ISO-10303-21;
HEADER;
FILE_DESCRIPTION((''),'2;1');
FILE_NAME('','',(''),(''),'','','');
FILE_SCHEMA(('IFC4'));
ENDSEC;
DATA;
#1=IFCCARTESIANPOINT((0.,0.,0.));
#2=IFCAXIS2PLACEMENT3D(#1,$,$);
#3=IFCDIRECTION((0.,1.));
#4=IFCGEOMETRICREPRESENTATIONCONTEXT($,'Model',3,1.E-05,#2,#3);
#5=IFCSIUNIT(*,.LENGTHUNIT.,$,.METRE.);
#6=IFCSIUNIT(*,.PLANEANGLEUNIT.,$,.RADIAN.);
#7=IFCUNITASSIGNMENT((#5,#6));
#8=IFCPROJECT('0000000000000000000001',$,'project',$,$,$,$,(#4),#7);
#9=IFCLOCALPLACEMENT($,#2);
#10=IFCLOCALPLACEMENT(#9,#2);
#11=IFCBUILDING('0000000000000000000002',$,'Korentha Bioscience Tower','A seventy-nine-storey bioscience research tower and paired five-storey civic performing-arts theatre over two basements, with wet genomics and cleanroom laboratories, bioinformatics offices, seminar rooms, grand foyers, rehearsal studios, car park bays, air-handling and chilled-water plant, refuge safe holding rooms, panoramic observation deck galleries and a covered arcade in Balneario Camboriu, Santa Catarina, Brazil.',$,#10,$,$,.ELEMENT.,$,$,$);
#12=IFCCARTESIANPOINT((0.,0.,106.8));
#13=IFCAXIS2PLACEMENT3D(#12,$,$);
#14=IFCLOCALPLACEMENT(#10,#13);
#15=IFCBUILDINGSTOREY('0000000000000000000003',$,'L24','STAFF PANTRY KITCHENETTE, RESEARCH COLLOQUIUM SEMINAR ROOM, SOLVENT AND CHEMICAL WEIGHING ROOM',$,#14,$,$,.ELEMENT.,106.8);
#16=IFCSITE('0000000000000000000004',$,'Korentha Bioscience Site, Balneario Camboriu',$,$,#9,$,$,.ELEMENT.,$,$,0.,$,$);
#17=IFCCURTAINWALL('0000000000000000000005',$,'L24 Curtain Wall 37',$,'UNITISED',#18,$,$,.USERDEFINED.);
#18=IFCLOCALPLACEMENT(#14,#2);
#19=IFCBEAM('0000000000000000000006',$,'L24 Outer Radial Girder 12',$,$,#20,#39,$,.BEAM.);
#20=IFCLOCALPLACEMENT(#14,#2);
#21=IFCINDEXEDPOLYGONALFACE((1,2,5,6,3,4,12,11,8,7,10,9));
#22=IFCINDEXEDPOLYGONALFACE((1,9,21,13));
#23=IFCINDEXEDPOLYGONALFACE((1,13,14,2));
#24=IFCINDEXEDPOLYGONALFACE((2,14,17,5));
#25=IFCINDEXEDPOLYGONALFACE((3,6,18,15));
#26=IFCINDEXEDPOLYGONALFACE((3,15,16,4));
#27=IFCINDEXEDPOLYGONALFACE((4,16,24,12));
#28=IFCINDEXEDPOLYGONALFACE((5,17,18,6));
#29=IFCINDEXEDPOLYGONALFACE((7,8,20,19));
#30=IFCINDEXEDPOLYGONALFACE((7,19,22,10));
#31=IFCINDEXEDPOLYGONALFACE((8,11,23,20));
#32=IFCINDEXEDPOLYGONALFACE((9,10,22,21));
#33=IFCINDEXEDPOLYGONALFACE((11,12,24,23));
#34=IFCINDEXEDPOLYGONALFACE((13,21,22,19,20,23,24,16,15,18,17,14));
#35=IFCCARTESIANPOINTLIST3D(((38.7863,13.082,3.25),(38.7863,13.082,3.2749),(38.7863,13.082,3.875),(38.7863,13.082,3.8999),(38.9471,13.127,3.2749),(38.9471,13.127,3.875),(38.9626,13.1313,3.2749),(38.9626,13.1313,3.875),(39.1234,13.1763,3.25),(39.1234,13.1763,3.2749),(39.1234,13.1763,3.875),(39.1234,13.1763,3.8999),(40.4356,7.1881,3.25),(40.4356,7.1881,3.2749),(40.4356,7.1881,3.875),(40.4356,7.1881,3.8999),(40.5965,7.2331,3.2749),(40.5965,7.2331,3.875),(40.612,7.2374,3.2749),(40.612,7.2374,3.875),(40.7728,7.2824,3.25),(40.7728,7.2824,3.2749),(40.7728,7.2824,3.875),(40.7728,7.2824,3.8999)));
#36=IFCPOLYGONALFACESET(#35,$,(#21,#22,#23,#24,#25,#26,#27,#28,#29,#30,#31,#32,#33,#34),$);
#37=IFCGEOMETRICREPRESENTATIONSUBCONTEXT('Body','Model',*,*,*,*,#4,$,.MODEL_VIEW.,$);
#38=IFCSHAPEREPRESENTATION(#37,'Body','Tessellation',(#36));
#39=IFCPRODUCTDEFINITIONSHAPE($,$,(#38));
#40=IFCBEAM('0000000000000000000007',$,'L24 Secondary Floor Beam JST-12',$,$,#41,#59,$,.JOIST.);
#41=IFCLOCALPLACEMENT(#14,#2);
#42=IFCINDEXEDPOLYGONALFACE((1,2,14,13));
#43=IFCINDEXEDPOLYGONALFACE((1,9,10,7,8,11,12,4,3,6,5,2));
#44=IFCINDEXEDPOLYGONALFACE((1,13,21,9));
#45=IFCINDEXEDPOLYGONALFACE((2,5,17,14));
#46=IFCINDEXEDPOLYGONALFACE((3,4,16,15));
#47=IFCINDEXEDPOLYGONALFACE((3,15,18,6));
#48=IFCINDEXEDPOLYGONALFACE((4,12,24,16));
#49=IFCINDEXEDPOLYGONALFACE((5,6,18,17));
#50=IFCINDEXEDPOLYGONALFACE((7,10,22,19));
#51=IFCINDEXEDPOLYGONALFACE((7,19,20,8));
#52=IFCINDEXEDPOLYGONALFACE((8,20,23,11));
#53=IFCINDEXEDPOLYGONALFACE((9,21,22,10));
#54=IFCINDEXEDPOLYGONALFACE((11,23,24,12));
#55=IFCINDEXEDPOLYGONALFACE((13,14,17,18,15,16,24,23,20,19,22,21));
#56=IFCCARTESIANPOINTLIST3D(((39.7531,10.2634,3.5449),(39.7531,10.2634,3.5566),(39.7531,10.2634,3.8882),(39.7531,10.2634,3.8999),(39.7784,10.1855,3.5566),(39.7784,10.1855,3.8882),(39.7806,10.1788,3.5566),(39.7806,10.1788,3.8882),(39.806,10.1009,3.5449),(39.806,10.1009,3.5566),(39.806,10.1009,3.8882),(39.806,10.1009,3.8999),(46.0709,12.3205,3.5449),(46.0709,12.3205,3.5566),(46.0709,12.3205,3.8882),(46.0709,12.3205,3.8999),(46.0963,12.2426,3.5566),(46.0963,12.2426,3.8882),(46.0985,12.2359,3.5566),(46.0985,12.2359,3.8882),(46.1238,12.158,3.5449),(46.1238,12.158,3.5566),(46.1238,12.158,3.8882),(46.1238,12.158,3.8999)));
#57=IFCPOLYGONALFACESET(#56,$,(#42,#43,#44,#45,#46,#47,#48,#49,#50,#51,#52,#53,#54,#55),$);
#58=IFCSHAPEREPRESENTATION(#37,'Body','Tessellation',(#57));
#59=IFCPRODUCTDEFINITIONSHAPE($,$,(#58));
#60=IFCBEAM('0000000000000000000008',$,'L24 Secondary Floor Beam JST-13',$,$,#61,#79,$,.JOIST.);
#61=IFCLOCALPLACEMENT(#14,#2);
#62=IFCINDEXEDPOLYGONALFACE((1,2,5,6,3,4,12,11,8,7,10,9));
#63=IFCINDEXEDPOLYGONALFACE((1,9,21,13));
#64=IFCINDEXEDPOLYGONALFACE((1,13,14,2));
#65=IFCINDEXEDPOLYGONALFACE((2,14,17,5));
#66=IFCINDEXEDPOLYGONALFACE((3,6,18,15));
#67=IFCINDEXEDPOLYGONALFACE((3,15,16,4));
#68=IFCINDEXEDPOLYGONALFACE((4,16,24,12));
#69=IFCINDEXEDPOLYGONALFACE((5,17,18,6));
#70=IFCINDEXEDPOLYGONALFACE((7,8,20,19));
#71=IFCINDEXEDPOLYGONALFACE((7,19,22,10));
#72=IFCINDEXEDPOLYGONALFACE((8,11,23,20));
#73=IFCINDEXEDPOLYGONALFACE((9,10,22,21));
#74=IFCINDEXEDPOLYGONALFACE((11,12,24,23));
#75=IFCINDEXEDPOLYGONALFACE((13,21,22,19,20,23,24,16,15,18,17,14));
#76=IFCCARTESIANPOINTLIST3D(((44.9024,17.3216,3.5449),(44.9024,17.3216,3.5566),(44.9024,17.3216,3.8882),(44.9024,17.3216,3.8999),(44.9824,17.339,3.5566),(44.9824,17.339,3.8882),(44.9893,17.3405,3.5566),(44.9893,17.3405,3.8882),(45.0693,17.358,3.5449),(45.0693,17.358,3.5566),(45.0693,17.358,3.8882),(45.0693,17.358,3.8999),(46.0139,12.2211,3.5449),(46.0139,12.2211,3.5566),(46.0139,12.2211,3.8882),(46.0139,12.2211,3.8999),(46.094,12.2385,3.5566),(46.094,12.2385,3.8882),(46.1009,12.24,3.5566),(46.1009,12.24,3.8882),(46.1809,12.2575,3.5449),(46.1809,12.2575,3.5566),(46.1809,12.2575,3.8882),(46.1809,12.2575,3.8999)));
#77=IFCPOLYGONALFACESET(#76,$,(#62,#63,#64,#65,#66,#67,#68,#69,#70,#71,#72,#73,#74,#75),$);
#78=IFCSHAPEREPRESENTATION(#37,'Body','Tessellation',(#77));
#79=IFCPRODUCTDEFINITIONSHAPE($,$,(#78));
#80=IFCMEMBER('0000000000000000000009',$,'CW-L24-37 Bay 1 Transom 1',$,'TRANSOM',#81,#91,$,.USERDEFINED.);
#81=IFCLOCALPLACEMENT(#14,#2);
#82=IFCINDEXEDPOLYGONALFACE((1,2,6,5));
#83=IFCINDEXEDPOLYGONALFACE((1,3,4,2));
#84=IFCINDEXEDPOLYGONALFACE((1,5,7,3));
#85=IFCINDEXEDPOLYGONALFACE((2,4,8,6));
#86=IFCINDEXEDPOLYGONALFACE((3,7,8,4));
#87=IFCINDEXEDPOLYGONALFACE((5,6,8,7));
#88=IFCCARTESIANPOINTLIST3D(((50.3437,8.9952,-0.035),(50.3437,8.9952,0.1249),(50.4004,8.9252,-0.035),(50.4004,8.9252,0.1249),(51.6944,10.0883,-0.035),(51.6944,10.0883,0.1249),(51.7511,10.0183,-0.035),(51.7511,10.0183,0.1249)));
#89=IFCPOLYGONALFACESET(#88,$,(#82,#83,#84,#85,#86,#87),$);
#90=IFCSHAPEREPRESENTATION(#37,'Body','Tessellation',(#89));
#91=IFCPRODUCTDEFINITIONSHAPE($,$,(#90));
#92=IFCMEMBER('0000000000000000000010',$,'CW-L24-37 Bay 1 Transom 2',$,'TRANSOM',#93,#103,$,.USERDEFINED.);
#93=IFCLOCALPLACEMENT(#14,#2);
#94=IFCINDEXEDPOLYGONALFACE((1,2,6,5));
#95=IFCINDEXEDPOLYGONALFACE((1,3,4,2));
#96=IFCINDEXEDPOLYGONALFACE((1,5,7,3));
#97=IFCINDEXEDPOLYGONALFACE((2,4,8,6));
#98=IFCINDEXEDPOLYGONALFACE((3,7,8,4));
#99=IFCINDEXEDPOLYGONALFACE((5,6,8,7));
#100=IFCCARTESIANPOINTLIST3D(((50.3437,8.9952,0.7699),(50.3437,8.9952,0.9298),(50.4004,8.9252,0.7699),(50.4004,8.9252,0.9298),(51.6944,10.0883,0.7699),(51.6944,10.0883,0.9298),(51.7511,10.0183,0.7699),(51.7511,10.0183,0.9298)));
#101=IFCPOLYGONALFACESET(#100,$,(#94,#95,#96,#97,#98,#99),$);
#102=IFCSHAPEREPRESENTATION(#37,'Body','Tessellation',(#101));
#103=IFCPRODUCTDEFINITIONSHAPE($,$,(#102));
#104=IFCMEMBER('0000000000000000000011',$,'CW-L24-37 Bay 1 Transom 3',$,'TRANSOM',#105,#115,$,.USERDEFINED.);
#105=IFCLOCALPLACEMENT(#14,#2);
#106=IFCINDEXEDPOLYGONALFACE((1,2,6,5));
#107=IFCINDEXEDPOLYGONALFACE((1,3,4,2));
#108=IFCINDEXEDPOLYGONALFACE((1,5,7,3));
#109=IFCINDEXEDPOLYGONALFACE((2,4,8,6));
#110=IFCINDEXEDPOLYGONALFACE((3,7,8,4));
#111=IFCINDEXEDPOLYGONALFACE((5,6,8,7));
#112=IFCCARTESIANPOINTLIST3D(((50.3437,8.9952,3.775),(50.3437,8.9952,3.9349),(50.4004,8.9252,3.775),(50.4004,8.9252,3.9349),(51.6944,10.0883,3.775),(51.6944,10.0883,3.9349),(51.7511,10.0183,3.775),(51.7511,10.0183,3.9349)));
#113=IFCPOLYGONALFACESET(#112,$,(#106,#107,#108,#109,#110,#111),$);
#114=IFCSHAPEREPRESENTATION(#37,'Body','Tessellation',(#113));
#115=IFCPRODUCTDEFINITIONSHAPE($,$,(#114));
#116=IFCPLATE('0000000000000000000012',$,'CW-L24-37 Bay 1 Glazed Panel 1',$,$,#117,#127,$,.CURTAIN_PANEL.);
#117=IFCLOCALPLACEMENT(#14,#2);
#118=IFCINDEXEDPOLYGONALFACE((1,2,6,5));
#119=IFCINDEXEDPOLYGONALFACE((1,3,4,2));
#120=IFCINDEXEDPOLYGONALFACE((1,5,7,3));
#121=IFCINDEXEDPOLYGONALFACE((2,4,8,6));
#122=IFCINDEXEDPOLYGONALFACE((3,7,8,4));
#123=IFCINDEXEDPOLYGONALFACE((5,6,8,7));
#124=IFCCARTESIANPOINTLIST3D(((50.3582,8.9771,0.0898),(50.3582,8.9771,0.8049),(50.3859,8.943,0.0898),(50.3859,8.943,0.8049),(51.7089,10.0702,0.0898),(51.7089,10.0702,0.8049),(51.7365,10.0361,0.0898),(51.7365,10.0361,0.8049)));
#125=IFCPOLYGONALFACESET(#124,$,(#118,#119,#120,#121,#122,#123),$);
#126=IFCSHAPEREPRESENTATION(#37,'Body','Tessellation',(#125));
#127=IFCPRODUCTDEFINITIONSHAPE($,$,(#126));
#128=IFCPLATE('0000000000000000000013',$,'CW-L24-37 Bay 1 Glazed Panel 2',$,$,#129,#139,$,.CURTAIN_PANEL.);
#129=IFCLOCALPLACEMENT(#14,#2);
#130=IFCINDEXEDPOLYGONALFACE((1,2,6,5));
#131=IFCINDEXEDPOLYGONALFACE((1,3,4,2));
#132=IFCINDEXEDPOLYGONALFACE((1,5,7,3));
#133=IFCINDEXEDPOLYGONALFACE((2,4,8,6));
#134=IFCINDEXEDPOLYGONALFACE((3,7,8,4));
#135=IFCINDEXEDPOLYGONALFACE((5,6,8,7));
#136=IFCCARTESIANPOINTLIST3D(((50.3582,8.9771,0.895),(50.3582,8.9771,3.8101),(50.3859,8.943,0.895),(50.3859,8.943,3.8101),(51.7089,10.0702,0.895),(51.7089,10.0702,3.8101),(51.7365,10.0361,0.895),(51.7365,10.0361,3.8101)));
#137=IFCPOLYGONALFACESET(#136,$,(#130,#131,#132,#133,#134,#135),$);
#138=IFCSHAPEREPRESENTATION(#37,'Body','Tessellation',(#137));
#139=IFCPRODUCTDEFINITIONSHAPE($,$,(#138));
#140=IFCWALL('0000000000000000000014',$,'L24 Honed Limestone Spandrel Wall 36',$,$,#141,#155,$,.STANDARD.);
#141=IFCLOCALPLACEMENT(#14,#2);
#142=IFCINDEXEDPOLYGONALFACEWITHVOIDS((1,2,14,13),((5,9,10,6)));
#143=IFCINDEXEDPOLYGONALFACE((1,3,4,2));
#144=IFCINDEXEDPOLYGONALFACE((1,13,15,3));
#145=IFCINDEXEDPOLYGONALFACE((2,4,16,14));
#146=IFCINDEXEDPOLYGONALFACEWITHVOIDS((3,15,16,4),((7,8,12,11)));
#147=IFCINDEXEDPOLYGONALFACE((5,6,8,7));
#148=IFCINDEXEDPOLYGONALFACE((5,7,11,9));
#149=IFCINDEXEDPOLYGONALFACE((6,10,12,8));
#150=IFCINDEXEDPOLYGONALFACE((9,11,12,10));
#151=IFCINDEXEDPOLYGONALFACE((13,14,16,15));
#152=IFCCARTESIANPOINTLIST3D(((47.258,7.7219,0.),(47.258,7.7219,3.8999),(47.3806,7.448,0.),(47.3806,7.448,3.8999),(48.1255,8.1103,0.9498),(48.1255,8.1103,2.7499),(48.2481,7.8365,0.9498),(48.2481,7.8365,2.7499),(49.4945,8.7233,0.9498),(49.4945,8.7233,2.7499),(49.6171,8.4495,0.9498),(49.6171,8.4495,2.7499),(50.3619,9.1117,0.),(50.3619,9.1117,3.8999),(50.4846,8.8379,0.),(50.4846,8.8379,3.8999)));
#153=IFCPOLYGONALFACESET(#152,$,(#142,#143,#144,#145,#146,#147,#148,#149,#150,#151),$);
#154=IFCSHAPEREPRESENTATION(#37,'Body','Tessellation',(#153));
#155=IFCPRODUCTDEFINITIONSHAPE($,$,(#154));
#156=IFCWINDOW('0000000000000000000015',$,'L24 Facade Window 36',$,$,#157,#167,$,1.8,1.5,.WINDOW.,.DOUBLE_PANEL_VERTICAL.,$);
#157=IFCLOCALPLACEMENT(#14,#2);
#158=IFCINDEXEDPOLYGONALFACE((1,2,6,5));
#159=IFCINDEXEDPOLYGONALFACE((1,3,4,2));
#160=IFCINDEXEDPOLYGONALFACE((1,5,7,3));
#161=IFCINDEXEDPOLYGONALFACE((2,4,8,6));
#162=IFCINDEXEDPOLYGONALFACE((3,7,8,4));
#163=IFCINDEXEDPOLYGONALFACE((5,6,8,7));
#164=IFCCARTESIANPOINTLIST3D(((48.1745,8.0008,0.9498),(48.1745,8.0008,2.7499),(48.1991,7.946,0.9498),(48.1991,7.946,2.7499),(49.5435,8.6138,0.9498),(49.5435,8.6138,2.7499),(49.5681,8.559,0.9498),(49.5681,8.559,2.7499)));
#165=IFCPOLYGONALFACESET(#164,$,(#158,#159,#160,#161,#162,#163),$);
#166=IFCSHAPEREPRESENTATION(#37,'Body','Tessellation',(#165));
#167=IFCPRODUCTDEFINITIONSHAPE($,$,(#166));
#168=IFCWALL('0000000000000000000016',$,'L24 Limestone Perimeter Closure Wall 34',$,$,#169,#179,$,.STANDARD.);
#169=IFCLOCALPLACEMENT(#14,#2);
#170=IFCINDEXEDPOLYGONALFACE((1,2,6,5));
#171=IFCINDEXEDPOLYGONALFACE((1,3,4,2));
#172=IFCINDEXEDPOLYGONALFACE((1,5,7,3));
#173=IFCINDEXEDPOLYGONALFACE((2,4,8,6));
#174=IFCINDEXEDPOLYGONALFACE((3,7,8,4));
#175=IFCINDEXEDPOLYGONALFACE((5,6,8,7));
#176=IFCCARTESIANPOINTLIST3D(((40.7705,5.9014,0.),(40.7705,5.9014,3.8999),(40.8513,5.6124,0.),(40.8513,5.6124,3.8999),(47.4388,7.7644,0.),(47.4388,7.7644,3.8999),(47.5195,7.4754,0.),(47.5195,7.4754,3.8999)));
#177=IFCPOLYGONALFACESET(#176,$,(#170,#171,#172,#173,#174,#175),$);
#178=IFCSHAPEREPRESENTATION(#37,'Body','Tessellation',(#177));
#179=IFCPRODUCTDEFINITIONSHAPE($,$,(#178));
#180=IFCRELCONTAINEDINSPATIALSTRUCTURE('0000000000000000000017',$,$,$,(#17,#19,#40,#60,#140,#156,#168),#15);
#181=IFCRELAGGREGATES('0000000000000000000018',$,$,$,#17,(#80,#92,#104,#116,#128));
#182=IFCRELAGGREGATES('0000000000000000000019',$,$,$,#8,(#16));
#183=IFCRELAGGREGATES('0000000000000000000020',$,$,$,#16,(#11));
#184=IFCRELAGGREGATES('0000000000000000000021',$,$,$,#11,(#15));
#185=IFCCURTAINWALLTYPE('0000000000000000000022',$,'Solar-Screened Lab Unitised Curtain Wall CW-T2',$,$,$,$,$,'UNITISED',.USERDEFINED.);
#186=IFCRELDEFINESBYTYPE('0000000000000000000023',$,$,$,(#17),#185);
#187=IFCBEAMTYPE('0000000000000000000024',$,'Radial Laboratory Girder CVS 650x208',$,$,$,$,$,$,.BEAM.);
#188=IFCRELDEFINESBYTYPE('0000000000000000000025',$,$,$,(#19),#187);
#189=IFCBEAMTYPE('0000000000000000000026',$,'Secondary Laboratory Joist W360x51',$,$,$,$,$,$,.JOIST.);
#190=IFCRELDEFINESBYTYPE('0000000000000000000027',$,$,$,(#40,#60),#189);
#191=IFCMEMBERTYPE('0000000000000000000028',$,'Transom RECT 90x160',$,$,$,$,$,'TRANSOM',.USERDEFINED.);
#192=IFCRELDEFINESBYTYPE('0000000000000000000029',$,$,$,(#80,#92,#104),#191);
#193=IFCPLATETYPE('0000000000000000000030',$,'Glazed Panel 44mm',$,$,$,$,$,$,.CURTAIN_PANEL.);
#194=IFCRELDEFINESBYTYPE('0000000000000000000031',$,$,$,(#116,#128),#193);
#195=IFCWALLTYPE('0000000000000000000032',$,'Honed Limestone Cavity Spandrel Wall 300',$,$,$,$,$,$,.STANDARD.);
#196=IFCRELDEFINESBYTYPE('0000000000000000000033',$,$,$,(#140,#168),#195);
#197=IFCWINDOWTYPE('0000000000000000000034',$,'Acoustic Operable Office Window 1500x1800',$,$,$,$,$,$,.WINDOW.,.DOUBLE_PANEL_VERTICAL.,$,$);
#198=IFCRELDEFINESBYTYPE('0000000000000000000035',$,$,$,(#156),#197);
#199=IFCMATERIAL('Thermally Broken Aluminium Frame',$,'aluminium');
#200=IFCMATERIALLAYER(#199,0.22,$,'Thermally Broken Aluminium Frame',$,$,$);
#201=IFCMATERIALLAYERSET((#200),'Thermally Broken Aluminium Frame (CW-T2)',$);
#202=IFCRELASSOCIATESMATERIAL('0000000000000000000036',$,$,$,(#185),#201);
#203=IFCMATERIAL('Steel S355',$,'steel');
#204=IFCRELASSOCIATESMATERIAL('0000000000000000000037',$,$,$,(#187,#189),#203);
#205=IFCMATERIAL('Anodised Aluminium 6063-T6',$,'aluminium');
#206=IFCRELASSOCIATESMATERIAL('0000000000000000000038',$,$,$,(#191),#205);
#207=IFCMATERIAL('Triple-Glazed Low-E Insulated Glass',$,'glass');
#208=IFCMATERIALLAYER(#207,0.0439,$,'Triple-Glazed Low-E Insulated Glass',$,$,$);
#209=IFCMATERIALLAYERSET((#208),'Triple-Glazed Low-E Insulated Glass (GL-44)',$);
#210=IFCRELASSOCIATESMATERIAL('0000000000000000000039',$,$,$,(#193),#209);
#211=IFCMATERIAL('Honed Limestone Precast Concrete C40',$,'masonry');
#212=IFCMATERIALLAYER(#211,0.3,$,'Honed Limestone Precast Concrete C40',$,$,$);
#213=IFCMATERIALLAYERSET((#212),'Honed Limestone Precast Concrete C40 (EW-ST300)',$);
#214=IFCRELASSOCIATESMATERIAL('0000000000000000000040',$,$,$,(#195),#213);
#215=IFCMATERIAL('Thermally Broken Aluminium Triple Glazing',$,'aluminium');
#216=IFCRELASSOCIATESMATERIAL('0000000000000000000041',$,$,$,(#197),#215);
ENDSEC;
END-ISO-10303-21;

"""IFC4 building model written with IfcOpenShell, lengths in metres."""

from ifc_helpers import new_model, si_unit, direction, frame, frame_2d, origin, origin_2d, place, context, subcontext, project, spatial, rectangle, i_section, extrude, material, layer, layer_set, material_profile, profile_set, type_object, element, fill, aggregate, save


model = new_model("IFC4")

# Units and contexts
model_context = context("Model", 3, precision=1e-05, world=origin(), true_north=direction((0.0, 1.0)))
body_context = subcontext(model_context, "Body", "Model", "MODEL_VIEW")
ifc_project = project(units=[si_unit("LENGTHUNIT", "METRE"), si_unit("PLANEANGLEUNIT", "RADIAN")], contexts=[model_context])

# Site, building, storey
site_placement = place(None, origin())
site = spatial("IfcSite", under=ifc_project, at=site_placement, Name="Korentha Bioscience Site, Balneario Camboriu", CompositionType="ELEMENT", RefElevation=0.0)
building_placement = place(site_placement, origin())
building = spatial("IfcBuilding", under=site, at=building_placement, Name="Korentha Bioscience Tower", Description="A seventy-nine-storey bioscience research tower and paired five-storey civic performing-arts theatre over two basements, with wet genomics and cleanroom laboratories, bioinformatics offices, seminar rooms, grand foyers, rehearsal studios, car park bays, air-handling and chilled-water plant, refuge safe holding rooms, panoramic observation deck galleries and a covered arcade in Balneario Camboriu, Santa Catarina, Brazil.", CompositionType="ELEMENT")
storey_placement = place(building_placement, frame((0.0, 0.0, 106.8)))
storey = spatial("IfcBuildingStorey", under=building, at=storey_placement, Name="L24", Description="STAFF PANTRY KITCHENETTE, RESEARCH COLLOQUIUM SEMINAR ROOM, SOLVENT AND CHEMICAL WEIGHING ROOM", CompositionType="ELEMENT", Elevation=106.8)

# Shared definitions
ifc_material_1 = material(Name="Steel S355", Category="steel")

# Curtain wall
ifc_material_2 = material(Name="Thermally Broken Aluminium Frame", Category="aluminium")
ifc_layer_1 = layer(ifc_material_2, 0.22, Name="Thermally Broken Aluminium Frame")
ifc_layer_set_1 = layer_set([ifc_layer_1], Name="Thermally Broken Aluminium Frame (CW-T2)")
curtain_wall_type = type_object("IfcCurtainWallType", Name="Solar-Screened Lab Unitised Curtain Wall CW-T2", ElementType="UNITISED", PredefinedType="USERDEFINED", material=ifc_layer_set_1)
curtain_wall_placement = place(storey_placement, origin())
curtain_wall = element("IfcCurtainWall", 1, at=curtain_wall_placement, inside=storey, type_object=curtain_wall_type, Name="L24 Curtain Wall 37", ObjectType="UNITISED", PredefinedType="USERDEFINED")
ifc_material_3 = material(Name="Anodised Aluminium 6063-T6", Category="aluminium")

# Beams
ifc_material_profile_1 = material_profile(ifc_material_1, i_section(OverallWidth=0.3501, OverallDepth=0.6499, WebThickness=0.0161, FlangeThickness=0.0249, at=origin_2d()), Name="Steel S355")
ifc_profile_set_1 = profile_set([ifc_material_profile_1], Name="Steel S355 (RB-650)")
beam_type_1 = type_object("IfcBeamType", Name="Radial Laboratory Girder CVS 650x208", PredefinedType="BEAM", material=ifc_profile_set_1)
beam_1_placement = place(storey_placement, frame((38.9548, 13.1292, 3.575), z_axis=(0.269491, -0.963003, 0.0), x_axis=(0.963003, 0.269491, 0.0)))
element("IfcBeam", 2, at=beam_1_placement, inside=storey, type_object=beam_type_1, Name="L24 Outer Radial Girder 12", PredefinedType="BEAM", context=body_context, shape_type="SweptSolid", body=[
    extrude(i_section(OverallWidth=0.3501, OverallDepth=0.6499, WebThickness=0.0161, FlangeThickness=0.0249, at=origin_2d()), origin(), (0.0, 0.0, 1.0), 6.1204),
])
ifc_material_profile_2 = material_profile(ifc_material_1, i_section(OverallWidth=0.1709, OverallDepth=0.355, WebThickness=0.0071, FlangeThickness=0.0117, at=origin_2d()), Name="Steel S355")
ifc_profile_set_2 = profile_set([ifc_material_profile_2], Name="Steel S355 (JB-360)")
beam_type_2 = type_object("IfcBeamType", Name="Secondary Laboratory Joist W360x51", PredefinedType="JOIST", material=ifc_profile_set_2)
beam_2_placement = place(storey_placement, frame((39.7795, 10.1821, 3.7224), z_axis=(0.950865, 0.309606, 0.0), x_axis=(-0.309606, 0.950865, 0.0)))
element("IfcBeam", 3, at=beam_2_placement, inside=storey, type_object=beam_type_2, Name="L24 Secondary Floor Beam JST-12", PredefinedType="JOIST", context=body_context, shape_type="SweptSolid", body=[
    extrude(i_section(OverallWidth=0.1709, OverallDepth=0.355, WebThickness=0.0071, FlangeThickness=0.0117, at=origin_2d()), origin(), (0.0, 0.0, 1.0), 6.6443),
])
beam_3_placement = place(storey_placement, frame((46.0974, 12.2393, 3.7224), z_axis=(-0.212932, 0.977067, 0.0), x_axis=(-0.977067, -0.212932, 0.0)))
element("IfcBeam", 4, at=beam_3_placement, inside=storey, type_object=beam_type_2, Name="L24 Secondary Floor Beam JST-13", PredefinedType="JOIST", context=body_context, shape_type="SweptSolid", body=[
    extrude(i_section(OverallWidth=0.1709, OverallDepth=0.355, WebThickness=0.0071, FlangeThickness=0.0117, at=origin_2d()), origin(), (0.0, 0.0, 1.0), 5.2202),
])

# Members
ifc_material_profile_3 = material_profile(ifc_material_3, rectangle(XDim=0.0901, YDim=0.1599, at=origin_2d()), Name="Anodised Aluminium 6063-T6")
ifc_profile_set_3 = profile_set([ifc_material_profile_3], Name="Anodised Aluminium 6063-T6 (CW-TRN)")
member_type_1 = type_object("IfcMemberType", Name="Transom RECT 90x160", ElementType="TRANSOM", PredefinedType="USERDEFINED", material=ifc_profile_set_3)
member_1_placement = place(storey_placement, frame((50.3721, 8.9602, 0.0449), z_axis=(0.777333, 0.629089, 0.0), x_axis=(-0.629089, 0.777333, 0.0)))
member_1 = element("IfcMember", 5, at=member_1_placement, type_object=member_type_1, Name="CW-L24-37 Bay 1 Transom 1", ObjectType="TRANSOM", PredefinedType="USERDEFINED", context=body_context, shape_type="SweptSolid", body=[
    extrude(rectangle(XDim=0.0901, YDim=0.1599, at=origin_2d()), origin(), (0.0, 0.0, 1.0), 1.7375),
])
member_2_placement = place(storey_placement, frame((50.3721, 8.9602, 0.8499), z_axis=(0.777333, 0.629089, 0.0), x_axis=(-0.629089, 0.777333, 0.0)))
member_2 = element("IfcMember", 6, at=member_2_placement, type_object=member_type_1, Name="CW-L24-37 Bay 1 Transom 2", ObjectType="TRANSOM", PredefinedType="USERDEFINED", context=body_context, shape_type="SweptSolid", body=[
    extrude(rectangle(XDim=0.0901, YDim=0.1599, at=origin_2d()), origin(), (0.0, 0.0, 1.0), 1.7375),
])
member_3_placement = place(storey_placement, frame((50.3721, 8.9602, 3.855), z_axis=(0.777333, 0.629089, 0.0), x_axis=(-0.629089, 0.777333, 0.0)))
member_3 = element("IfcMember", 7, at=member_3_placement, type_object=member_type_1, Name="CW-L24-37 Bay 1 Transom 3", ObjectType="TRANSOM", PredefinedType="USERDEFINED", context=body_context, shape_type="SweptSolid", body=[
    extrude(rectangle(XDim=0.0901, YDim=0.1599, at=origin_2d()), origin(), (0.0, 0.0, 1.0), 1.7375),
])

# Plates
ifc_material_4 = material(Name="Triple-Glazed Low-E Insulated Glass", Category="glass")
ifc_layer_2 = layer(ifc_material_4, 0.0439, Name="Triple-Glazed Low-E Insulated Glass")
ifc_layer_set_2 = layer_set([ifc_layer_2], Name="Triple-Glazed Low-E Insulated Glass (GL-44)")
plate_type = type_object("IfcPlateType", Name="Glazed Panel 44mm", PredefinedType="CURTAIN_PANEL", material=ifc_layer_set_2)
plate_1_placement = place(storey_placement, frame((51.0474, 9.5066, 0.0898), z_axis=(0.0, 0.0, 1.0), x_axis=(0.777315, 0.629111, 0.0)))
plate_1 = element("IfcPlate", 8, at=plate_1_placement, type_object=plate_type, Name="CW-L24-37 Bay 1 Glazed Panel 1", PredefinedType="CURTAIN_PANEL", context=body_context, shape_type="SweptSolid", body=[
    extrude(rectangle(XDim=1.7375, YDim=0.0439, at=origin_2d()), origin(), (0.0, 0.0, 1.0), 0.7151),
])
plate_2_placement = place(storey_placement, frame((51.0474, 9.5066, 0.895), z_axis=(0.0, 0.0, 1.0), x_axis=(0.777315, 0.629111, 0.0)))
plate_2 = element("IfcPlate", 9, at=plate_2_placement, type_object=plate_type, Name="CW-L24-37 Bay 1 Glazed Panel 2", PredefinedType="CURTAIN_PANEL", context=body_context, shape_type="SweptSolid", body=[
    extrude(rectangle(XDim=1.7375, YDim=0.0439, at=origin_2d()), origin(), (0.0, 0.0, 1.0), 2.915),
])
aggregate(curtain_wall, [member_1, member_2, member_3, plate_1, plate_2])

# Wall, opening, window
ifc_material_5 = material(Name="Honed Limestone Precast Concrete C40", Category="masonry")
ifc_layer_3 = layer(ifc_material_5, 0.3, Name="Honed Limestone Precast Concrete C40")
ifc_layer_set_3 = layer_set([ifc_layer_3], Name="Honed Limestone Precast Concrete C40 (EW-ST300)")
wall_type = type_object("IfcWallType", Name="Honed Limestone Cavity Spandrel Wall 300", PredefinedType="STANDARD", material=ifc_layer_set_3)
wall_1_placement = place(storey_placement, frame((47.3193, 7.585, 0.0), z_axis=(0.0, 0.0, 1.0), x_axis=(0.91268, 0.408675, 0.0)))
wall_1 = element("IfcWall", 10, at=wall_1_placement, inside=storey, type_object=wall_type, Name="L24 Honed Limestone Spandrel Wall 36", PredefinedType="STANDARD", context=body_context, shape_type="SweptSolid", body=[
    extrude(rectangle(XDim=3.4009, YDim=0.3, at=frame_2d((1.7004, 0.0))), origin(), (0.0, 0.0, 1.0), 3.8999),
])
opening_placement = place(wall_1_placement, frame((0.9504, 0.0, 0.95)))
opening = element("IfcOpeningElement", 11, at=opening_placement, cuts=wall_1, PredefinedType="OPENING", context=body_context, shape_type="SweptSolid", body=[
    extrude(rectangle(XDim=1.5, YDim=1.8, at=frame_2d((0.75, 0.8999))), frame((0.0, 0.165, 0.0), z_axis=(0.0, -1.0, 0.0), x_axis=(1.0, 0.0, 0.0)), (0.0, 0.0, 1.0), 0.3298),
])
ifc_material_6 = material(Name="Thermally Broken Aluminium Triple Glazing", Category="aluminium")
window_type = type_object("IfcWindowType", Name="Acoustic Operable Office Window 1500x1800", PartitioningType="DOUBLE_PANEL_VERTICAL", PredefinedType="WINDOW", material=ifc_material_6)
window_placement = place(opening_placement, origin())
window = element("IfcWindow", 12, at=window_placement, inside=storey, type_object=window_type, Name="L24 Facade Window 36", OverallHeight=1.8, OverallWidth=1.5, PartitioningType="DOUBLE_PANEL_VERTICAL", PredefinedType="WINDOW", context=body_context, shape_type="SweptSolid", body=[
    extrude(rectangle(XDim=1.5, YDim=1.8, at=frame_2d((0.75, 0.8999))), frame((0.0, 0.03, 0.0), z_axis=(0.0, -1.0, 0.0), x_axis=(1.0, 0.0, 0.0)), (0.0, 0.0, 1.0), 0.0601),
])
fill(opening, window)

# Wall
wall_2_placement = place(storey_placement, frame((40.8108, 5.7568, 0.0), z_axis=(0.0, 0.0, 1.0), x_axis=(0.963116, 0.269086, 0.0)))
element("IfcWall", 13, at=wall_2_placement, inside=storey, type_object=wall_type, Name="L24 Limestone Perimeter Closure Wall 34", PredefinedType="STANDARD", context=body_context, shape_type="SweptSolid", body=[
    extrude(rectangle(XDim=6.9236, YDim=0.3, at=frame_2d((3.4619, 0.0))), origin(), (0.0, 0.0, 1.0), 3.8999),
])

save(model, "model.ifc")
